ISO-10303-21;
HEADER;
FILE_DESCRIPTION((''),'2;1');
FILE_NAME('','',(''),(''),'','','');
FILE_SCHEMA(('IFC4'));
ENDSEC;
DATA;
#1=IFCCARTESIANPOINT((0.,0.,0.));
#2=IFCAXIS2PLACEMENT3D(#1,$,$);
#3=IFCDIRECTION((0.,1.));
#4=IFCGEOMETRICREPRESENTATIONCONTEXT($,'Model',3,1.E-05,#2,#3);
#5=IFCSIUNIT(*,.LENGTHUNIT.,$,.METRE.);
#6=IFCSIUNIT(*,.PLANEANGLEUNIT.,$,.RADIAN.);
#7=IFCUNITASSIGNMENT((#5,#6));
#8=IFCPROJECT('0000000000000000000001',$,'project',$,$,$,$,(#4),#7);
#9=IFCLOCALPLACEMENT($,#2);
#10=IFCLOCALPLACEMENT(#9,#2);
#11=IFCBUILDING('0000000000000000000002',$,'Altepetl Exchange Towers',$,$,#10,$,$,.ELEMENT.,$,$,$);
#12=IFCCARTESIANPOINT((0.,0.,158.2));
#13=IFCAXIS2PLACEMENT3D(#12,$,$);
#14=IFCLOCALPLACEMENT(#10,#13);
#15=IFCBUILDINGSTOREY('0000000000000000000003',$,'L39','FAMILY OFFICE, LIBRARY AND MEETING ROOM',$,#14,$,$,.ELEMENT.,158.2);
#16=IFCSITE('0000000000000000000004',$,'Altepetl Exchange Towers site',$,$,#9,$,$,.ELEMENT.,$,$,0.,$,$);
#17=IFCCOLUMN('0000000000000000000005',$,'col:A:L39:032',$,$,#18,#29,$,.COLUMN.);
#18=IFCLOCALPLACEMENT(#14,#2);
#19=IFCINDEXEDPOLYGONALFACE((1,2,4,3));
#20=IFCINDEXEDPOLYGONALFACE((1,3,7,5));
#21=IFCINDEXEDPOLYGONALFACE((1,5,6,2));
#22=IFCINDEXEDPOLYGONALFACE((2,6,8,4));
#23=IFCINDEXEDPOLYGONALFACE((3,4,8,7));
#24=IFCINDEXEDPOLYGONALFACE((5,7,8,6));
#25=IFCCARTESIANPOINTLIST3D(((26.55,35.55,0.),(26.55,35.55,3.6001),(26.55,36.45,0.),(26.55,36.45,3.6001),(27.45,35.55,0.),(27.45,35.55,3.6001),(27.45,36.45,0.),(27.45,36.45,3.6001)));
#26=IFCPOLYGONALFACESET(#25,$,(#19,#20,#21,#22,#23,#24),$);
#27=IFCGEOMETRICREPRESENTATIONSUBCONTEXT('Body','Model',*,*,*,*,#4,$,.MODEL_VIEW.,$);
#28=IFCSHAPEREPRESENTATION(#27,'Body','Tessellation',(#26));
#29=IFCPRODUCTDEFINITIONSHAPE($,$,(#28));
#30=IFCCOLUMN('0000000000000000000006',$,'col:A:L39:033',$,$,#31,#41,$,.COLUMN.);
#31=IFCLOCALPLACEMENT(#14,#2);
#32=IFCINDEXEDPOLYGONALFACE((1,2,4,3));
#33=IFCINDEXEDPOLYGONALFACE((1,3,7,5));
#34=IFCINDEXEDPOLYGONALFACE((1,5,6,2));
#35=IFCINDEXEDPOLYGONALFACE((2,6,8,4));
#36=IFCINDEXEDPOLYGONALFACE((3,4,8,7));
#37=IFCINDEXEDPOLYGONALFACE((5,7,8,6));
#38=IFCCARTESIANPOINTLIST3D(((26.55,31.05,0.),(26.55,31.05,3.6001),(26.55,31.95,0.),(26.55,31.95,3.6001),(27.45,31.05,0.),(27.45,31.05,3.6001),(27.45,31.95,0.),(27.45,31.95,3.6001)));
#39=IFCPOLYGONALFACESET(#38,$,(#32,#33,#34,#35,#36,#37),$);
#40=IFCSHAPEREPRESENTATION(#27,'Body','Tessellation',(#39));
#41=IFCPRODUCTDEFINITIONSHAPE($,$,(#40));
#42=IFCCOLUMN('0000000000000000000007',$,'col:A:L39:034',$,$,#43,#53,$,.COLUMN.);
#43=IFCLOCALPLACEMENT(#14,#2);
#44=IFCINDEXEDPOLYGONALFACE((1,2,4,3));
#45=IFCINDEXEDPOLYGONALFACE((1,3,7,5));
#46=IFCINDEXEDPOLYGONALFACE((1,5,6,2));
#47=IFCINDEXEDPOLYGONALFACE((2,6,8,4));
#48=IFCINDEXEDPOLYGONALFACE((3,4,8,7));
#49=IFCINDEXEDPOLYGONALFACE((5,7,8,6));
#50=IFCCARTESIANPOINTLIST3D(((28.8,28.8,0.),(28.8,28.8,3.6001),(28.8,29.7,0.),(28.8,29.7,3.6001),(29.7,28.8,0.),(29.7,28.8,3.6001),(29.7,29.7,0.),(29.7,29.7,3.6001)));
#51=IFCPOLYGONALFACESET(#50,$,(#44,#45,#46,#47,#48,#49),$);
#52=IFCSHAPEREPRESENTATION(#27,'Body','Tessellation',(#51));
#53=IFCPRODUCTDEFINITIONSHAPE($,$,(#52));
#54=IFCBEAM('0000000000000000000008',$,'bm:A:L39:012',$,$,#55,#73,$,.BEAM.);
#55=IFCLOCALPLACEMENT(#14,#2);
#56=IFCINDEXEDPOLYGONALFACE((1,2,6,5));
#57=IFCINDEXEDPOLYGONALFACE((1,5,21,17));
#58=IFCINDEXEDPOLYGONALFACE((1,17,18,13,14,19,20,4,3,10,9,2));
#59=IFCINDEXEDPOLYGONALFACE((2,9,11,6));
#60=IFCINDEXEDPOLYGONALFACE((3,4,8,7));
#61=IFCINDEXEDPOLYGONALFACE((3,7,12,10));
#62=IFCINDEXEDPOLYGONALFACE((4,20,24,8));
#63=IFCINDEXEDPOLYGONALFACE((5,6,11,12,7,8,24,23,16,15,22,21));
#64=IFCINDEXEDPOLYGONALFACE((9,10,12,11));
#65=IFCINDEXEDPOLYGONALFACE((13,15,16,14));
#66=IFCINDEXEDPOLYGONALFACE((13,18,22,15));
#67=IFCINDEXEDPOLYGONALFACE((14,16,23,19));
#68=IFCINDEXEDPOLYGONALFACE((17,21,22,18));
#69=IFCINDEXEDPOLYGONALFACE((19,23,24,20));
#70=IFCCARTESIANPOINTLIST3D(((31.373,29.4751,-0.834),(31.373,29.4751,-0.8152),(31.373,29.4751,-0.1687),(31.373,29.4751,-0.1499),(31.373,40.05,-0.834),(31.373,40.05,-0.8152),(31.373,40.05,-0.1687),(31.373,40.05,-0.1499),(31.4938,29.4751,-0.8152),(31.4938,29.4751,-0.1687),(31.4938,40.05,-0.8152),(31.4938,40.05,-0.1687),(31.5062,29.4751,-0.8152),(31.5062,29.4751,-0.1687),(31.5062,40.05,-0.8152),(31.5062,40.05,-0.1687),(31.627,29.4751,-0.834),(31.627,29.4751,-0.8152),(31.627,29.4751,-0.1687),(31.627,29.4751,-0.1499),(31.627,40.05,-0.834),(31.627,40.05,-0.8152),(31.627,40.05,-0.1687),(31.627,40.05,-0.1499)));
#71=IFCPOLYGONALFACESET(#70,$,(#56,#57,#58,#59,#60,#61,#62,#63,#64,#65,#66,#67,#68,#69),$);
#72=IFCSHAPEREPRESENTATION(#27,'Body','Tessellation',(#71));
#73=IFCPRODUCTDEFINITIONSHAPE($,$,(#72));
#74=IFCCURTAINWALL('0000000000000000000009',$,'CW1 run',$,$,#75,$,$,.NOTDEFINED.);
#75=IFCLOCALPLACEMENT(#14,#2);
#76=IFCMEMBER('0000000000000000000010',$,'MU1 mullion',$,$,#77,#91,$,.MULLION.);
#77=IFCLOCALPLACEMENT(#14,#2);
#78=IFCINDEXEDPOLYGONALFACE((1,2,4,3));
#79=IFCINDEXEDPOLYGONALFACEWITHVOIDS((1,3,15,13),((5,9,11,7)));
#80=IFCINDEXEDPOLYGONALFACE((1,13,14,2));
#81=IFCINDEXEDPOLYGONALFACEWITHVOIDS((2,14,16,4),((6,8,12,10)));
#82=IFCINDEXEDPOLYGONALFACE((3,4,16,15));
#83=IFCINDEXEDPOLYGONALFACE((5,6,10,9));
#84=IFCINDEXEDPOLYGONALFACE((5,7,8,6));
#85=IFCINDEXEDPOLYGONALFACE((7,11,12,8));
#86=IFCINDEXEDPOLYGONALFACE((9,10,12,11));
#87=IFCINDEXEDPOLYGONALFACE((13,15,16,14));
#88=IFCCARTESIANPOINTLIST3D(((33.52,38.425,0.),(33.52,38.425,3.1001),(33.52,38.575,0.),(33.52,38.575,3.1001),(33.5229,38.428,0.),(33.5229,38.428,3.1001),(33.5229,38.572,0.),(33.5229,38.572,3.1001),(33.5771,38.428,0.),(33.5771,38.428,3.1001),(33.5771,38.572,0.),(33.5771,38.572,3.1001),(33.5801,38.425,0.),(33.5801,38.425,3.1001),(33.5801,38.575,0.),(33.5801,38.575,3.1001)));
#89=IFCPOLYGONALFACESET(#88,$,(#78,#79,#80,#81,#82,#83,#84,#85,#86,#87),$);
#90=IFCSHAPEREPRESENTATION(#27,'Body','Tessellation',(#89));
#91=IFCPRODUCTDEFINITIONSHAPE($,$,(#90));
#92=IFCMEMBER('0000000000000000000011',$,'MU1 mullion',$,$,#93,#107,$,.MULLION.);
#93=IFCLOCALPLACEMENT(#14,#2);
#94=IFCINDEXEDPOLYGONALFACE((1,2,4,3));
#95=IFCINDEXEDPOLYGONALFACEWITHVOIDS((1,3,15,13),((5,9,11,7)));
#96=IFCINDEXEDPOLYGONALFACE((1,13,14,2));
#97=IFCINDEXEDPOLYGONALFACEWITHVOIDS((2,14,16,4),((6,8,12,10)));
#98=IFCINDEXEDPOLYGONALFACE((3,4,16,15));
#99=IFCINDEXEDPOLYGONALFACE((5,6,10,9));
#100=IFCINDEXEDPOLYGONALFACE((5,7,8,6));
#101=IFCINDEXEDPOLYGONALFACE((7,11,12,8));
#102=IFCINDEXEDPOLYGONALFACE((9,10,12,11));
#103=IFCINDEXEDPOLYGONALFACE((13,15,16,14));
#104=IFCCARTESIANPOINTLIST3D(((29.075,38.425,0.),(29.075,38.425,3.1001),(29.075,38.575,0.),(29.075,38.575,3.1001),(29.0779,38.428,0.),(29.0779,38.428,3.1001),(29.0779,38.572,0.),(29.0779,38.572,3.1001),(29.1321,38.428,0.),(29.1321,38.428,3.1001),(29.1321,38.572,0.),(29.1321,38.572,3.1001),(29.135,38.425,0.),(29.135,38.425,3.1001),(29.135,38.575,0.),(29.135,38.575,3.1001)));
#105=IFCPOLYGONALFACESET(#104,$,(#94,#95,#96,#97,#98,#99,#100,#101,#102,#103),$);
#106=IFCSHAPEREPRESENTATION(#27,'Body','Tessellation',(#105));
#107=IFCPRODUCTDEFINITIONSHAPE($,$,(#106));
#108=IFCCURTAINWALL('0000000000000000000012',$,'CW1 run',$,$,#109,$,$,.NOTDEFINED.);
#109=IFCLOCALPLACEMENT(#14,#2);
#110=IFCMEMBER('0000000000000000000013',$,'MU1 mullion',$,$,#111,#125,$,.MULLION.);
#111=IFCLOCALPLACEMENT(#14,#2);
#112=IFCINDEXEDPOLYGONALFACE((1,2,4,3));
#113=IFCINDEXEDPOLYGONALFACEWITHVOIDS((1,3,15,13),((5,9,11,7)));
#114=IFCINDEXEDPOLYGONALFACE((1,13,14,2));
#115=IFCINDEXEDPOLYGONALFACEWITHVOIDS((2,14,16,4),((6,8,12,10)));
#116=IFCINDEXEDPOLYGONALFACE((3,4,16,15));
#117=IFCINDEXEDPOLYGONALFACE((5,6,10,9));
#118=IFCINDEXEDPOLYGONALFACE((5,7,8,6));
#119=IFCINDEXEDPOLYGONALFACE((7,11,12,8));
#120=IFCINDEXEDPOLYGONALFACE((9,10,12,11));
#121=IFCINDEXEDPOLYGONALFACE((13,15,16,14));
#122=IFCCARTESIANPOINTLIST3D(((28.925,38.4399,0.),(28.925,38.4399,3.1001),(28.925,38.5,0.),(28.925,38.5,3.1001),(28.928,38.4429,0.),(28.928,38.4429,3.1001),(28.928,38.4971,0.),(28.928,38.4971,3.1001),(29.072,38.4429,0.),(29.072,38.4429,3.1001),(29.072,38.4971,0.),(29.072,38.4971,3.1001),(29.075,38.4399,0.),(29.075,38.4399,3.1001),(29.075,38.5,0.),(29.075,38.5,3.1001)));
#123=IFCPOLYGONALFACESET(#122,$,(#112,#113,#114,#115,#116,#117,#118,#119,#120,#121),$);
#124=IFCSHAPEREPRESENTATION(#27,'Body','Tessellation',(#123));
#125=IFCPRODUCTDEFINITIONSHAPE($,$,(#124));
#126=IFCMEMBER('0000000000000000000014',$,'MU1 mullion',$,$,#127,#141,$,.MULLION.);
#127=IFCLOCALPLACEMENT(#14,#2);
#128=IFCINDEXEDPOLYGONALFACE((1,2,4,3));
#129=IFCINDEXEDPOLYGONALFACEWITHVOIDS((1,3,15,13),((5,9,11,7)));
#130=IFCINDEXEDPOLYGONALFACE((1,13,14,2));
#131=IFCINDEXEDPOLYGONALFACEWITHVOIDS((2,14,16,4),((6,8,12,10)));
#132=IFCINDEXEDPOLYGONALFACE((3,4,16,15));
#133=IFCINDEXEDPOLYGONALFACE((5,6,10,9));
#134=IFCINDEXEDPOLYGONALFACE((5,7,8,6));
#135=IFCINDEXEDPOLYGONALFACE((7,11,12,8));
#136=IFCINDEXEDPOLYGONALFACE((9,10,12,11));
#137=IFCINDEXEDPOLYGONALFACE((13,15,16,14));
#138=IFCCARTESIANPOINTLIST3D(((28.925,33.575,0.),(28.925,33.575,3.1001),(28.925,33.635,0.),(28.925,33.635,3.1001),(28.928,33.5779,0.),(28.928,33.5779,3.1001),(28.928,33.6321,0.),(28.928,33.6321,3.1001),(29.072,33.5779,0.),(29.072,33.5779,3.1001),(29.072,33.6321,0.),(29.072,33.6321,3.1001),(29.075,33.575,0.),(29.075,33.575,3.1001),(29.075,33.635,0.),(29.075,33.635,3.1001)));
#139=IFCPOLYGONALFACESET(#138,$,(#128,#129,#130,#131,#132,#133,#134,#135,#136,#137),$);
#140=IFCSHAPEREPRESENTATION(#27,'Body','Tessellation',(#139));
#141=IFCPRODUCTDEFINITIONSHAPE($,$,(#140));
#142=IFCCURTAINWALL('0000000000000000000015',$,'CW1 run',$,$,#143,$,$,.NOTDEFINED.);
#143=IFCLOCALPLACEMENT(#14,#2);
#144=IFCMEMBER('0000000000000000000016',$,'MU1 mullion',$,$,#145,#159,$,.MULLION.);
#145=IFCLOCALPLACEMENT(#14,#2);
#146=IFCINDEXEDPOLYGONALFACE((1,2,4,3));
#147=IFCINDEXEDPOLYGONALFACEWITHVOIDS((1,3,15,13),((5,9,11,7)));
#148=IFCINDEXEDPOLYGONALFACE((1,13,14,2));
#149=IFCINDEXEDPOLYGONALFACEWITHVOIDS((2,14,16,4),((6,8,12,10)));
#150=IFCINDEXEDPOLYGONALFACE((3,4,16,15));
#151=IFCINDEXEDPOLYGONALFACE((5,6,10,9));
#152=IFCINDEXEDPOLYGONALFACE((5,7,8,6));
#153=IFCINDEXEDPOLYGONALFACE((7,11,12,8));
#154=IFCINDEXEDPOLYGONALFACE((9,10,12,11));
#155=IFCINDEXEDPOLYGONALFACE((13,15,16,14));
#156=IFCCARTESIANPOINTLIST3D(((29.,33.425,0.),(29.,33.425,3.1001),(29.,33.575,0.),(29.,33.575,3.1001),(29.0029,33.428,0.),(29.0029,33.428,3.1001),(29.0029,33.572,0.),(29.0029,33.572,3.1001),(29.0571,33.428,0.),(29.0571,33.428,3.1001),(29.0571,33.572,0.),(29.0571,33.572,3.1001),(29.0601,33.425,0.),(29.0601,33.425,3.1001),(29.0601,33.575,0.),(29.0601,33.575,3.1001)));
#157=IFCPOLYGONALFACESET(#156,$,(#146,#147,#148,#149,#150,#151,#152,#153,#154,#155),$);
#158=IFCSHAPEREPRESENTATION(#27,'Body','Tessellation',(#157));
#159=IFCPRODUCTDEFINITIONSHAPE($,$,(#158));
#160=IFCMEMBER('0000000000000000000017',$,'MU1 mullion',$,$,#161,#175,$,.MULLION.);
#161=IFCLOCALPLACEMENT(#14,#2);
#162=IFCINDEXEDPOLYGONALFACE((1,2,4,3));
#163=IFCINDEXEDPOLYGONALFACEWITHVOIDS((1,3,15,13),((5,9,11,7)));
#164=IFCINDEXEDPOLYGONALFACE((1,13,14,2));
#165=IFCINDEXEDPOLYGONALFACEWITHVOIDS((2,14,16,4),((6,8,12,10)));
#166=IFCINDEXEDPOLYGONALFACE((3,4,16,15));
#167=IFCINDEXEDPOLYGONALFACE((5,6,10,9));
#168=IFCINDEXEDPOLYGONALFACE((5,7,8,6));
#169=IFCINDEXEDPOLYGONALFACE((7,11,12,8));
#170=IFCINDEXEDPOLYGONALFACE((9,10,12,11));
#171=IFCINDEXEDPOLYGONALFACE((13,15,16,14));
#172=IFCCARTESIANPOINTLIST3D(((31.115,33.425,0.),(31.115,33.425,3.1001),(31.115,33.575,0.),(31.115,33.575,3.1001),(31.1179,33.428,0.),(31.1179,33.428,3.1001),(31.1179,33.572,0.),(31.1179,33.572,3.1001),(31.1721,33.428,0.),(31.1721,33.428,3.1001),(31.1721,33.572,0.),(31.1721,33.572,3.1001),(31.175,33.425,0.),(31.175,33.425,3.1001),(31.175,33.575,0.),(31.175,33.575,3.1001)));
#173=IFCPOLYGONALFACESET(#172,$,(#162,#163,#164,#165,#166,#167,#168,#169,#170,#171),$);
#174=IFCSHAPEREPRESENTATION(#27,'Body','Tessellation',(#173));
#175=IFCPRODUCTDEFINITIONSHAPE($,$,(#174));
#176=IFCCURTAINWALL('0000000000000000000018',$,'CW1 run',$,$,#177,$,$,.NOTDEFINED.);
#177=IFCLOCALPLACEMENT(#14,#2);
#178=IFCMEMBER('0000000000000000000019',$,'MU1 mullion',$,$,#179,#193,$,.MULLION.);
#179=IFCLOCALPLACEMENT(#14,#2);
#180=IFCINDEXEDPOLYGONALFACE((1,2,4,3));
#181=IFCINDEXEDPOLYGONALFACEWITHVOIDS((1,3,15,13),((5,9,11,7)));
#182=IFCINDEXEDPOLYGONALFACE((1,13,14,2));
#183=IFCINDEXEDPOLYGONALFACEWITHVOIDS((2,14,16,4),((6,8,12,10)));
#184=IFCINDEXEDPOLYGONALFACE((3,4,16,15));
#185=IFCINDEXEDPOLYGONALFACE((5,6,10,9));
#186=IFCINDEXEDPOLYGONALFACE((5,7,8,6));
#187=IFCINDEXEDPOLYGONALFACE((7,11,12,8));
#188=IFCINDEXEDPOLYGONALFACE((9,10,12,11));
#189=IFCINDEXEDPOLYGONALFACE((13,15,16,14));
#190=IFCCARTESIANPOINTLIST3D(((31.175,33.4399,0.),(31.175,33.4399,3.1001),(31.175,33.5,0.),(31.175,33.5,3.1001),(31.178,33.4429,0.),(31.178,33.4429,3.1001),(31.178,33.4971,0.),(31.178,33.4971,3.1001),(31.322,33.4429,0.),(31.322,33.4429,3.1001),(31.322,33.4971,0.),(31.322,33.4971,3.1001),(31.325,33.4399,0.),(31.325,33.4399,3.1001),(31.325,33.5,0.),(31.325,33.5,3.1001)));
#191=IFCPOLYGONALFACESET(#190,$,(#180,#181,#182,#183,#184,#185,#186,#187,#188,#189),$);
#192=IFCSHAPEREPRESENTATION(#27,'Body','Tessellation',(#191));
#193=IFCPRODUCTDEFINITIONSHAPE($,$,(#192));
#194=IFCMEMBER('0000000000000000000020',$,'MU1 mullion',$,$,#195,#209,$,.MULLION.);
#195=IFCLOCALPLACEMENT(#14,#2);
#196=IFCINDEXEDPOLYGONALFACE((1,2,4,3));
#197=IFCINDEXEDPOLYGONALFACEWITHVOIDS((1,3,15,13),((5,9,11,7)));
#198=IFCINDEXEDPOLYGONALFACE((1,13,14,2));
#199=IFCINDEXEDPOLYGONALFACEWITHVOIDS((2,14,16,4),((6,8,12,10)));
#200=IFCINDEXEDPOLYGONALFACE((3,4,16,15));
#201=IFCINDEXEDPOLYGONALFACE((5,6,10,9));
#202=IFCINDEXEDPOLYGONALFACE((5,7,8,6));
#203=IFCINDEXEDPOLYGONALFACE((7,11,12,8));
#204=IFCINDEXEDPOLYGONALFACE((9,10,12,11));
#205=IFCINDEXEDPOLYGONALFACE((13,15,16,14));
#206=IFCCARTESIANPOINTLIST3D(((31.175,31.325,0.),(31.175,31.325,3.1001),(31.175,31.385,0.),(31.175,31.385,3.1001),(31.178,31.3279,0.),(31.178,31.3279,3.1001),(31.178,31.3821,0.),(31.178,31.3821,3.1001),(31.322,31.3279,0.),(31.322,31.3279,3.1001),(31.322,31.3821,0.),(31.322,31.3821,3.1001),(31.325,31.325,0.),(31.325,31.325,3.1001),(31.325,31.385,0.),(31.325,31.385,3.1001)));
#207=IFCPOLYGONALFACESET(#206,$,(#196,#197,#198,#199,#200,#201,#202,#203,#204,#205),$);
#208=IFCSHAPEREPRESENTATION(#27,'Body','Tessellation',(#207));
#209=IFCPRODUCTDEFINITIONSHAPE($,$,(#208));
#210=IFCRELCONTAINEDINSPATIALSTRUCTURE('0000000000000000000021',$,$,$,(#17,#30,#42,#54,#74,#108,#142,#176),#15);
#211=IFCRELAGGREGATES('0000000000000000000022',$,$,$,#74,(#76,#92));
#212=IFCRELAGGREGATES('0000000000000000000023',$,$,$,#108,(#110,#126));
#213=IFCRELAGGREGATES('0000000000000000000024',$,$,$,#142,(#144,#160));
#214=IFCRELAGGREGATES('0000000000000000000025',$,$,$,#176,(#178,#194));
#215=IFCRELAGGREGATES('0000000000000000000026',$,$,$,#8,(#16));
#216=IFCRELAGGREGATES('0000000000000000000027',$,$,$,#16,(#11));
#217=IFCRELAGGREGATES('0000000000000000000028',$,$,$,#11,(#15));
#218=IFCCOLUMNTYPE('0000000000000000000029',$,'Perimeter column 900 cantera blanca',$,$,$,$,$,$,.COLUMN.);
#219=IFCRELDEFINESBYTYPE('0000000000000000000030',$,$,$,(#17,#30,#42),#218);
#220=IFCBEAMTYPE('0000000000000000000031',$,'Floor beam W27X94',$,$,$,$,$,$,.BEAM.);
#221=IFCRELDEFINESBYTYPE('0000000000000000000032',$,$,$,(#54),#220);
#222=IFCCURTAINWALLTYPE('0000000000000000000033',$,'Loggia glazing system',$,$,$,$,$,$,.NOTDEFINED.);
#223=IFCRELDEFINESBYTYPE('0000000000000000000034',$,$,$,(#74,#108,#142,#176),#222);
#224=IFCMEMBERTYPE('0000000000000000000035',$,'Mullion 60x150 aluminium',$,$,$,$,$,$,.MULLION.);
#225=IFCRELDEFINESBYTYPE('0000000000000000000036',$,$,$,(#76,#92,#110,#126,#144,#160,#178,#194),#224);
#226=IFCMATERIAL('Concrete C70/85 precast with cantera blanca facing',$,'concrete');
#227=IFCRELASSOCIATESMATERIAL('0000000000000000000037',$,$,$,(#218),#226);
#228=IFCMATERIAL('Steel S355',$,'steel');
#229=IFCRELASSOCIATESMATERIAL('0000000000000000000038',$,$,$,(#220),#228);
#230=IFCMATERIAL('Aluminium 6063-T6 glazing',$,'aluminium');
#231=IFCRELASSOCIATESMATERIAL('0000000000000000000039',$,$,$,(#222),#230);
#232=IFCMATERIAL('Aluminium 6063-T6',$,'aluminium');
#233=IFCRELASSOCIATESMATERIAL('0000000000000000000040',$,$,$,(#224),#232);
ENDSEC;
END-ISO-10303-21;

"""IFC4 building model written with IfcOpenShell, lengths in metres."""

from ifc_helpers import new_model, si_unit, direction, frame, origin, origin_2d, place, context, subcontext, project, spatial, rectangle, hollow_rectangle, i_section, extrude, material, material_profile, profile_set, type_object, element, aggregate, save


model = new_model("IFC4")

# Units and contexts
model_context = context("Model", 3, precision=1e-05, world=origin(), true_north=direction((0.0, 1.0)))
body_context = subcontext(model_context, "Body", "Model", "MODEL_VIEW")
ifc_project = project(units=[si_unit("LENGTHUNIT", "METRE"), si_unit("PLANEANGLEUNIT", "RADIAN")], contexts=[model_context])

# Site, building, storey
site_placement = place(None, origin())
site = spatial("IfcSite", under=ifc_project, at=site_placement, Name="Altepetl Exchange Towers site", CompositionType="ELEMENT", RefElevation=0.0)
building_placement = place(site_placement, origin())
building = spatial("IfcBuilding", under=site, at=building_placement, Name="Altepetl Exchange Towers", CompositionType="ELEMENT")
storey_placement = place(building_placement, frame((0.0, 0.0, 158.2)))
storey = spatial("IfcBuildingStorey", under=building, at=storey_placement, Name="L39", Description="FAMILY OFFICE, LIBRARY AND MEETING ROOM", CompositionType="ELEMENT", Elevation=158.2)

# Columns
ifc_material_1 = material(Name="Concrete C70/85 precast with cantera blanca facing", Category="concrete")
ifc_material_profile_1 = material_profile(ifc_material_1, rectangle(XDim=0.8999, YDim=0.8999, at=origin_2d()), Name="900 x 900")
ifc_profile_set_1 = profile_set([ifc_material_profile_1], Name="Concrete C70/85 precast with cantera blanca facing")
column_type = type_object("IfcColumnType", Name="Perimeter column 900 cantera blanca", PredefinedType="COLUMN", material=ifc_profile_set_1)
for number, where, name in (
    (1, (27.0, 36.0, 0.0), "col:A:L39:032"),
    (2, (27.0, 31.5, 0.0), "col:A:L39:033"),
    (3, (29.25, 29.25, 0.0), "col:A:L39:034"),
):
    element("IfcColumn", number, at=place(storey_placement, frame(where)), inside=storey, type_object=column_type, Name=name, PredefinedType="COLUMN", context=body_context, shape_type="SweptSolid", body=[
        extrude(rectangle(XDim=0.8999, YDim=0.8999, at=origin_2d()), origin(), (0.0, 0.0, 1.0), 3.6001),
    ])

# Beam
ifc_material_2 = material(Name="Steel S355", Category="steel")
ifc_material_profile_2 = material_profile(ifc_material_2, i_section(OverallWidth=0.2539, OverallDepth=0.6841, WebThickness=0.0125, FlangeThickness=0.0188, at=origin_2d()), Name="W27X94")
ifc_profile_set_2 = profile_set([ifc_material_profile_2], Name="Steel S355")
beam_type_1 = type_object("IfcBeamType", Name="Floor beam W27X94", PredefinedType="BEAM", material=ifc_profile_set_2)
beam_1_placement = place(storey_placement, frame((31.5, 29.4751, -0.4919), z_axis=(0.0, 1.0, 0.0), x_axis=(-1.0, 0.0, 0.0)))
element("IfcBeam", 4, at=beam_1_placement, inside=storey, type_object=beam_type_1, Name="bm:A:L39:012", PredefinedType="BEAM", context=body_context, shape_type="SweptSolid", body=[
    extrude(i_section(OverallWidth=0.2539, OverallDepth=0.6841, WebThickness=0.0125, FlangeThickness=0.0188, at=origin_2d()), origin(), (0.0, 0.0, 1.0), 10.575),
])

# Curtain walls, members
ifc_material_3 = material(Name="Aluminium 6063-T6 glazing", Category="aluminium")
curtain_wall_type = type_object("IfcCurtainWallType", Name="Loggia glazing system", PredefinedType="NOTDEFINED", material=ifc_material_3)
curtain_wall_1_placement = place(storey_placement, origin())
curtain_wall_1 = element("IfcCurtainWall", 5, at=curtain_wall_1_placement, inside=storey, type_object=curtain_wall_type, Name="CW1 run", PredefinedType="NOTDEFINED")
ifc_material_4 = material(Name="Aluminium 6063-T6", Category="aluminium")
ifc_material_profile_3 = material_profile(ifc_material_4, hollow_rectangle(XDim=0.0601, YDim=0.1499, WallThickness=0.0029, at=origin_2d()), Name="Mullion 60x150 aluminium")
ifc_profile_set_3 = profile_set([ifc_material_profile_3], Name="Aluminium 6063-T6")
member_type = type_object("IfcMemberType", Name="Mullion 60x150 aluminium", PredefinedType="MULLION", material=ifc_profile_set_3)
member_1_placement = place(storey_placement, frame((33.55, 38.5, 0.0), z_axis=(0.0, 0.0, 1.0), x_axis=(-1.0, 0.0, 0.0)))
member_1 = element("IfcMember", 6, at=member_1_placement, type_object=member_type, Name="MU1 mullion", PredefinedType="MULLION", context=body_context, shape_type="SweptSolid", body=[
    extrude(hollow_rectangle(XDim=0.0601, YDim=0.1499, WallThickness=0.0029, at=origin_2d()), origin(), (0.0, 0.0, 1.0), 3.1001),
])
member_2_placement = place(storey_placement, frame((29.105, 38.5, 0.0), z_axis=(0.0, 0.0, 1.0), x_axis=(-1.0, 0.0, 0.0)))
member_2 = element("IfcMember", 7, at=member_2_placement, type_object=member_type, Name="MU1 mullion", PredefinedType="MULLION", context=body_context, shape_type="SweptSolid", body=[
    extrude(hollow_rectangle(XDim=0.0601, YDim=0.1499, WallThickness=0.0029, at=origin_2d()), origin(), (0.0, 0.0, 1.0), 3.1001),
])
curtain_wall_2_placement = place(storey_placement, origin())
curtain_wall_2 = element("IfcCurtainWall", 8, at=curtain_wall_2_placement, inside=storey, type_object=curtain_wall_type, Name="CW1 run", PredefinedType="NOTDEFINED")
member_3_placement = place(storey_placement, frame((29.0, 38.47, 0.0), z_axis=(0.0, 0.0, 1.0), x_axis=(0.0, -1.0, 0.0)))
member_3 = element("IfcMember", 9, at=member_3_placement, type_object=member_type, Name="MU1 mullion", PredefinedType="MULLION", context=body_context, shape_type="SweptSolid", body=[
    extrude(hollow_rectangle(XDim=0.0601, YDim=0.1499, WallThickness=0.0029, at=origin_2d()), origin(), (0.0, 0.0, 1.0), 3.1001),
])
member_4_placement = place(storey_placement, frame((29.0, 33.605, 0.0), z_axis=(0.0, 0.0, 1.0), x_axis=(0.0, -1.0, 0.0)))
member_4 = element("IfcMember", 10, at=member_4_placement, type_object=member_type, Name="MU1 mullion", PredefinedType="MULLION", context=body_context, shape_type="SweptSolid", body=[
    extrude(hollow_rectangle(XDim=0.0601, YDim=0.1499, WallThickness=0.0029, at=origin_2d()), origin(), (0.0, 0.0, 1.0), 3.1001),
])
curtain_wall_3_placement = place(storey_placement, origin())
curtain_wall_3 = element("IfcCurtainWall", 11, at=curtain_wall_3_placement, inside=storey, type_object=curtain_wall_type, Name="CW1 run", PredefinedType="NOTDEFINED")
member_5_placement = place(storey_placement, frame((29.03, 33.5, 0.0)))
member_5 = element("IfcMember", 12, at=member_5_placement, type_object=member_type, Name="MU1 mullion", PredefinedType="MULLION", context=body_context, shape_type="SweptSolid", body=[
    extrude(hollow_rectangle(XDim=0.0601, YDim=0.1499, WallThickness=0.0029, at=origin_2d()), origin(), (0.0, 0.0, 1.0), 3.1001),
])
member_6_placement = place(storey_placement, frame((31.145, 33.5, 0.0)))
member_6 = element("IfcMember", 13, at=member_6_placement, type_object=member_type, Name="MU1 mullion", PredefinedType="MULLION", context=body_context, shape_type="SweptSolid", body=[
    extrude(hollow_rectangle(XDim=0.0601, YDim=0.1499, WallThickness=0.0029, at=origin_2d()), origin(), (0.0, 0.0, 1.0), 3.1001),
])
curtain_wall_4_placement = place(storey_placement, origin())
curtain_wall_4 = element("IfcCurtainWall", 14, at=curtain_wall_4_placement, inside=storey, type_object=curtain_wall_type, Name="CW1 run", PredefinedType="NOTDEFINED")
member_7_placement = place(storey_placement, frame((31.25, 33.47, 0.0), z_axis=(0.0, 0.0, 1.0), x_axis=(0.0, -1.0, 0.0)))
member_7 = element("IfcMember", 15, at=member_7_placement, type_object=member_type, Name="MU1 mullion", PredefinedType="MULLION", context=body_context, shape_type="SweptSolid", body=[
    extrude(hollow_rectangle(XDim=0.0601, YDim=0.1499, WallThickness=0.0029, at=origin_2d()), origin(), (0.0, 0.0, 1.0), 3.1001),
])
member_8_placement = place(storey_placement, frame((31.25, 31.355, 0.0), z_axis=(0.0, 0.0, 1.0), x_axis=(0.0, -1.0, 0.0)))
member_8 = element("IfcMember", 16, at=member_8_placement, type_object=member_type, Name="MU1 mullion", PredefinedType="MULLION", context=body_context, shape_type="SweptSolid", body=[
    extrude(hollow_rectangle(XDim=0.0601, YDim=0.1499, WallThickness=0.0029, at=origin_2d()), origin(), (0.0, 0.0, 1.0), 3.1001),
])

aggregate(curtain_wall_1, [member_1, member_2])
aggregate(curtain_wall_2, [member_3, member_4])
aggregate(curtain_wall_3, [member_5, member_6])
aggregate(curtain_wall_4, [member_7, member_8])

save(model, "model.ifc")
